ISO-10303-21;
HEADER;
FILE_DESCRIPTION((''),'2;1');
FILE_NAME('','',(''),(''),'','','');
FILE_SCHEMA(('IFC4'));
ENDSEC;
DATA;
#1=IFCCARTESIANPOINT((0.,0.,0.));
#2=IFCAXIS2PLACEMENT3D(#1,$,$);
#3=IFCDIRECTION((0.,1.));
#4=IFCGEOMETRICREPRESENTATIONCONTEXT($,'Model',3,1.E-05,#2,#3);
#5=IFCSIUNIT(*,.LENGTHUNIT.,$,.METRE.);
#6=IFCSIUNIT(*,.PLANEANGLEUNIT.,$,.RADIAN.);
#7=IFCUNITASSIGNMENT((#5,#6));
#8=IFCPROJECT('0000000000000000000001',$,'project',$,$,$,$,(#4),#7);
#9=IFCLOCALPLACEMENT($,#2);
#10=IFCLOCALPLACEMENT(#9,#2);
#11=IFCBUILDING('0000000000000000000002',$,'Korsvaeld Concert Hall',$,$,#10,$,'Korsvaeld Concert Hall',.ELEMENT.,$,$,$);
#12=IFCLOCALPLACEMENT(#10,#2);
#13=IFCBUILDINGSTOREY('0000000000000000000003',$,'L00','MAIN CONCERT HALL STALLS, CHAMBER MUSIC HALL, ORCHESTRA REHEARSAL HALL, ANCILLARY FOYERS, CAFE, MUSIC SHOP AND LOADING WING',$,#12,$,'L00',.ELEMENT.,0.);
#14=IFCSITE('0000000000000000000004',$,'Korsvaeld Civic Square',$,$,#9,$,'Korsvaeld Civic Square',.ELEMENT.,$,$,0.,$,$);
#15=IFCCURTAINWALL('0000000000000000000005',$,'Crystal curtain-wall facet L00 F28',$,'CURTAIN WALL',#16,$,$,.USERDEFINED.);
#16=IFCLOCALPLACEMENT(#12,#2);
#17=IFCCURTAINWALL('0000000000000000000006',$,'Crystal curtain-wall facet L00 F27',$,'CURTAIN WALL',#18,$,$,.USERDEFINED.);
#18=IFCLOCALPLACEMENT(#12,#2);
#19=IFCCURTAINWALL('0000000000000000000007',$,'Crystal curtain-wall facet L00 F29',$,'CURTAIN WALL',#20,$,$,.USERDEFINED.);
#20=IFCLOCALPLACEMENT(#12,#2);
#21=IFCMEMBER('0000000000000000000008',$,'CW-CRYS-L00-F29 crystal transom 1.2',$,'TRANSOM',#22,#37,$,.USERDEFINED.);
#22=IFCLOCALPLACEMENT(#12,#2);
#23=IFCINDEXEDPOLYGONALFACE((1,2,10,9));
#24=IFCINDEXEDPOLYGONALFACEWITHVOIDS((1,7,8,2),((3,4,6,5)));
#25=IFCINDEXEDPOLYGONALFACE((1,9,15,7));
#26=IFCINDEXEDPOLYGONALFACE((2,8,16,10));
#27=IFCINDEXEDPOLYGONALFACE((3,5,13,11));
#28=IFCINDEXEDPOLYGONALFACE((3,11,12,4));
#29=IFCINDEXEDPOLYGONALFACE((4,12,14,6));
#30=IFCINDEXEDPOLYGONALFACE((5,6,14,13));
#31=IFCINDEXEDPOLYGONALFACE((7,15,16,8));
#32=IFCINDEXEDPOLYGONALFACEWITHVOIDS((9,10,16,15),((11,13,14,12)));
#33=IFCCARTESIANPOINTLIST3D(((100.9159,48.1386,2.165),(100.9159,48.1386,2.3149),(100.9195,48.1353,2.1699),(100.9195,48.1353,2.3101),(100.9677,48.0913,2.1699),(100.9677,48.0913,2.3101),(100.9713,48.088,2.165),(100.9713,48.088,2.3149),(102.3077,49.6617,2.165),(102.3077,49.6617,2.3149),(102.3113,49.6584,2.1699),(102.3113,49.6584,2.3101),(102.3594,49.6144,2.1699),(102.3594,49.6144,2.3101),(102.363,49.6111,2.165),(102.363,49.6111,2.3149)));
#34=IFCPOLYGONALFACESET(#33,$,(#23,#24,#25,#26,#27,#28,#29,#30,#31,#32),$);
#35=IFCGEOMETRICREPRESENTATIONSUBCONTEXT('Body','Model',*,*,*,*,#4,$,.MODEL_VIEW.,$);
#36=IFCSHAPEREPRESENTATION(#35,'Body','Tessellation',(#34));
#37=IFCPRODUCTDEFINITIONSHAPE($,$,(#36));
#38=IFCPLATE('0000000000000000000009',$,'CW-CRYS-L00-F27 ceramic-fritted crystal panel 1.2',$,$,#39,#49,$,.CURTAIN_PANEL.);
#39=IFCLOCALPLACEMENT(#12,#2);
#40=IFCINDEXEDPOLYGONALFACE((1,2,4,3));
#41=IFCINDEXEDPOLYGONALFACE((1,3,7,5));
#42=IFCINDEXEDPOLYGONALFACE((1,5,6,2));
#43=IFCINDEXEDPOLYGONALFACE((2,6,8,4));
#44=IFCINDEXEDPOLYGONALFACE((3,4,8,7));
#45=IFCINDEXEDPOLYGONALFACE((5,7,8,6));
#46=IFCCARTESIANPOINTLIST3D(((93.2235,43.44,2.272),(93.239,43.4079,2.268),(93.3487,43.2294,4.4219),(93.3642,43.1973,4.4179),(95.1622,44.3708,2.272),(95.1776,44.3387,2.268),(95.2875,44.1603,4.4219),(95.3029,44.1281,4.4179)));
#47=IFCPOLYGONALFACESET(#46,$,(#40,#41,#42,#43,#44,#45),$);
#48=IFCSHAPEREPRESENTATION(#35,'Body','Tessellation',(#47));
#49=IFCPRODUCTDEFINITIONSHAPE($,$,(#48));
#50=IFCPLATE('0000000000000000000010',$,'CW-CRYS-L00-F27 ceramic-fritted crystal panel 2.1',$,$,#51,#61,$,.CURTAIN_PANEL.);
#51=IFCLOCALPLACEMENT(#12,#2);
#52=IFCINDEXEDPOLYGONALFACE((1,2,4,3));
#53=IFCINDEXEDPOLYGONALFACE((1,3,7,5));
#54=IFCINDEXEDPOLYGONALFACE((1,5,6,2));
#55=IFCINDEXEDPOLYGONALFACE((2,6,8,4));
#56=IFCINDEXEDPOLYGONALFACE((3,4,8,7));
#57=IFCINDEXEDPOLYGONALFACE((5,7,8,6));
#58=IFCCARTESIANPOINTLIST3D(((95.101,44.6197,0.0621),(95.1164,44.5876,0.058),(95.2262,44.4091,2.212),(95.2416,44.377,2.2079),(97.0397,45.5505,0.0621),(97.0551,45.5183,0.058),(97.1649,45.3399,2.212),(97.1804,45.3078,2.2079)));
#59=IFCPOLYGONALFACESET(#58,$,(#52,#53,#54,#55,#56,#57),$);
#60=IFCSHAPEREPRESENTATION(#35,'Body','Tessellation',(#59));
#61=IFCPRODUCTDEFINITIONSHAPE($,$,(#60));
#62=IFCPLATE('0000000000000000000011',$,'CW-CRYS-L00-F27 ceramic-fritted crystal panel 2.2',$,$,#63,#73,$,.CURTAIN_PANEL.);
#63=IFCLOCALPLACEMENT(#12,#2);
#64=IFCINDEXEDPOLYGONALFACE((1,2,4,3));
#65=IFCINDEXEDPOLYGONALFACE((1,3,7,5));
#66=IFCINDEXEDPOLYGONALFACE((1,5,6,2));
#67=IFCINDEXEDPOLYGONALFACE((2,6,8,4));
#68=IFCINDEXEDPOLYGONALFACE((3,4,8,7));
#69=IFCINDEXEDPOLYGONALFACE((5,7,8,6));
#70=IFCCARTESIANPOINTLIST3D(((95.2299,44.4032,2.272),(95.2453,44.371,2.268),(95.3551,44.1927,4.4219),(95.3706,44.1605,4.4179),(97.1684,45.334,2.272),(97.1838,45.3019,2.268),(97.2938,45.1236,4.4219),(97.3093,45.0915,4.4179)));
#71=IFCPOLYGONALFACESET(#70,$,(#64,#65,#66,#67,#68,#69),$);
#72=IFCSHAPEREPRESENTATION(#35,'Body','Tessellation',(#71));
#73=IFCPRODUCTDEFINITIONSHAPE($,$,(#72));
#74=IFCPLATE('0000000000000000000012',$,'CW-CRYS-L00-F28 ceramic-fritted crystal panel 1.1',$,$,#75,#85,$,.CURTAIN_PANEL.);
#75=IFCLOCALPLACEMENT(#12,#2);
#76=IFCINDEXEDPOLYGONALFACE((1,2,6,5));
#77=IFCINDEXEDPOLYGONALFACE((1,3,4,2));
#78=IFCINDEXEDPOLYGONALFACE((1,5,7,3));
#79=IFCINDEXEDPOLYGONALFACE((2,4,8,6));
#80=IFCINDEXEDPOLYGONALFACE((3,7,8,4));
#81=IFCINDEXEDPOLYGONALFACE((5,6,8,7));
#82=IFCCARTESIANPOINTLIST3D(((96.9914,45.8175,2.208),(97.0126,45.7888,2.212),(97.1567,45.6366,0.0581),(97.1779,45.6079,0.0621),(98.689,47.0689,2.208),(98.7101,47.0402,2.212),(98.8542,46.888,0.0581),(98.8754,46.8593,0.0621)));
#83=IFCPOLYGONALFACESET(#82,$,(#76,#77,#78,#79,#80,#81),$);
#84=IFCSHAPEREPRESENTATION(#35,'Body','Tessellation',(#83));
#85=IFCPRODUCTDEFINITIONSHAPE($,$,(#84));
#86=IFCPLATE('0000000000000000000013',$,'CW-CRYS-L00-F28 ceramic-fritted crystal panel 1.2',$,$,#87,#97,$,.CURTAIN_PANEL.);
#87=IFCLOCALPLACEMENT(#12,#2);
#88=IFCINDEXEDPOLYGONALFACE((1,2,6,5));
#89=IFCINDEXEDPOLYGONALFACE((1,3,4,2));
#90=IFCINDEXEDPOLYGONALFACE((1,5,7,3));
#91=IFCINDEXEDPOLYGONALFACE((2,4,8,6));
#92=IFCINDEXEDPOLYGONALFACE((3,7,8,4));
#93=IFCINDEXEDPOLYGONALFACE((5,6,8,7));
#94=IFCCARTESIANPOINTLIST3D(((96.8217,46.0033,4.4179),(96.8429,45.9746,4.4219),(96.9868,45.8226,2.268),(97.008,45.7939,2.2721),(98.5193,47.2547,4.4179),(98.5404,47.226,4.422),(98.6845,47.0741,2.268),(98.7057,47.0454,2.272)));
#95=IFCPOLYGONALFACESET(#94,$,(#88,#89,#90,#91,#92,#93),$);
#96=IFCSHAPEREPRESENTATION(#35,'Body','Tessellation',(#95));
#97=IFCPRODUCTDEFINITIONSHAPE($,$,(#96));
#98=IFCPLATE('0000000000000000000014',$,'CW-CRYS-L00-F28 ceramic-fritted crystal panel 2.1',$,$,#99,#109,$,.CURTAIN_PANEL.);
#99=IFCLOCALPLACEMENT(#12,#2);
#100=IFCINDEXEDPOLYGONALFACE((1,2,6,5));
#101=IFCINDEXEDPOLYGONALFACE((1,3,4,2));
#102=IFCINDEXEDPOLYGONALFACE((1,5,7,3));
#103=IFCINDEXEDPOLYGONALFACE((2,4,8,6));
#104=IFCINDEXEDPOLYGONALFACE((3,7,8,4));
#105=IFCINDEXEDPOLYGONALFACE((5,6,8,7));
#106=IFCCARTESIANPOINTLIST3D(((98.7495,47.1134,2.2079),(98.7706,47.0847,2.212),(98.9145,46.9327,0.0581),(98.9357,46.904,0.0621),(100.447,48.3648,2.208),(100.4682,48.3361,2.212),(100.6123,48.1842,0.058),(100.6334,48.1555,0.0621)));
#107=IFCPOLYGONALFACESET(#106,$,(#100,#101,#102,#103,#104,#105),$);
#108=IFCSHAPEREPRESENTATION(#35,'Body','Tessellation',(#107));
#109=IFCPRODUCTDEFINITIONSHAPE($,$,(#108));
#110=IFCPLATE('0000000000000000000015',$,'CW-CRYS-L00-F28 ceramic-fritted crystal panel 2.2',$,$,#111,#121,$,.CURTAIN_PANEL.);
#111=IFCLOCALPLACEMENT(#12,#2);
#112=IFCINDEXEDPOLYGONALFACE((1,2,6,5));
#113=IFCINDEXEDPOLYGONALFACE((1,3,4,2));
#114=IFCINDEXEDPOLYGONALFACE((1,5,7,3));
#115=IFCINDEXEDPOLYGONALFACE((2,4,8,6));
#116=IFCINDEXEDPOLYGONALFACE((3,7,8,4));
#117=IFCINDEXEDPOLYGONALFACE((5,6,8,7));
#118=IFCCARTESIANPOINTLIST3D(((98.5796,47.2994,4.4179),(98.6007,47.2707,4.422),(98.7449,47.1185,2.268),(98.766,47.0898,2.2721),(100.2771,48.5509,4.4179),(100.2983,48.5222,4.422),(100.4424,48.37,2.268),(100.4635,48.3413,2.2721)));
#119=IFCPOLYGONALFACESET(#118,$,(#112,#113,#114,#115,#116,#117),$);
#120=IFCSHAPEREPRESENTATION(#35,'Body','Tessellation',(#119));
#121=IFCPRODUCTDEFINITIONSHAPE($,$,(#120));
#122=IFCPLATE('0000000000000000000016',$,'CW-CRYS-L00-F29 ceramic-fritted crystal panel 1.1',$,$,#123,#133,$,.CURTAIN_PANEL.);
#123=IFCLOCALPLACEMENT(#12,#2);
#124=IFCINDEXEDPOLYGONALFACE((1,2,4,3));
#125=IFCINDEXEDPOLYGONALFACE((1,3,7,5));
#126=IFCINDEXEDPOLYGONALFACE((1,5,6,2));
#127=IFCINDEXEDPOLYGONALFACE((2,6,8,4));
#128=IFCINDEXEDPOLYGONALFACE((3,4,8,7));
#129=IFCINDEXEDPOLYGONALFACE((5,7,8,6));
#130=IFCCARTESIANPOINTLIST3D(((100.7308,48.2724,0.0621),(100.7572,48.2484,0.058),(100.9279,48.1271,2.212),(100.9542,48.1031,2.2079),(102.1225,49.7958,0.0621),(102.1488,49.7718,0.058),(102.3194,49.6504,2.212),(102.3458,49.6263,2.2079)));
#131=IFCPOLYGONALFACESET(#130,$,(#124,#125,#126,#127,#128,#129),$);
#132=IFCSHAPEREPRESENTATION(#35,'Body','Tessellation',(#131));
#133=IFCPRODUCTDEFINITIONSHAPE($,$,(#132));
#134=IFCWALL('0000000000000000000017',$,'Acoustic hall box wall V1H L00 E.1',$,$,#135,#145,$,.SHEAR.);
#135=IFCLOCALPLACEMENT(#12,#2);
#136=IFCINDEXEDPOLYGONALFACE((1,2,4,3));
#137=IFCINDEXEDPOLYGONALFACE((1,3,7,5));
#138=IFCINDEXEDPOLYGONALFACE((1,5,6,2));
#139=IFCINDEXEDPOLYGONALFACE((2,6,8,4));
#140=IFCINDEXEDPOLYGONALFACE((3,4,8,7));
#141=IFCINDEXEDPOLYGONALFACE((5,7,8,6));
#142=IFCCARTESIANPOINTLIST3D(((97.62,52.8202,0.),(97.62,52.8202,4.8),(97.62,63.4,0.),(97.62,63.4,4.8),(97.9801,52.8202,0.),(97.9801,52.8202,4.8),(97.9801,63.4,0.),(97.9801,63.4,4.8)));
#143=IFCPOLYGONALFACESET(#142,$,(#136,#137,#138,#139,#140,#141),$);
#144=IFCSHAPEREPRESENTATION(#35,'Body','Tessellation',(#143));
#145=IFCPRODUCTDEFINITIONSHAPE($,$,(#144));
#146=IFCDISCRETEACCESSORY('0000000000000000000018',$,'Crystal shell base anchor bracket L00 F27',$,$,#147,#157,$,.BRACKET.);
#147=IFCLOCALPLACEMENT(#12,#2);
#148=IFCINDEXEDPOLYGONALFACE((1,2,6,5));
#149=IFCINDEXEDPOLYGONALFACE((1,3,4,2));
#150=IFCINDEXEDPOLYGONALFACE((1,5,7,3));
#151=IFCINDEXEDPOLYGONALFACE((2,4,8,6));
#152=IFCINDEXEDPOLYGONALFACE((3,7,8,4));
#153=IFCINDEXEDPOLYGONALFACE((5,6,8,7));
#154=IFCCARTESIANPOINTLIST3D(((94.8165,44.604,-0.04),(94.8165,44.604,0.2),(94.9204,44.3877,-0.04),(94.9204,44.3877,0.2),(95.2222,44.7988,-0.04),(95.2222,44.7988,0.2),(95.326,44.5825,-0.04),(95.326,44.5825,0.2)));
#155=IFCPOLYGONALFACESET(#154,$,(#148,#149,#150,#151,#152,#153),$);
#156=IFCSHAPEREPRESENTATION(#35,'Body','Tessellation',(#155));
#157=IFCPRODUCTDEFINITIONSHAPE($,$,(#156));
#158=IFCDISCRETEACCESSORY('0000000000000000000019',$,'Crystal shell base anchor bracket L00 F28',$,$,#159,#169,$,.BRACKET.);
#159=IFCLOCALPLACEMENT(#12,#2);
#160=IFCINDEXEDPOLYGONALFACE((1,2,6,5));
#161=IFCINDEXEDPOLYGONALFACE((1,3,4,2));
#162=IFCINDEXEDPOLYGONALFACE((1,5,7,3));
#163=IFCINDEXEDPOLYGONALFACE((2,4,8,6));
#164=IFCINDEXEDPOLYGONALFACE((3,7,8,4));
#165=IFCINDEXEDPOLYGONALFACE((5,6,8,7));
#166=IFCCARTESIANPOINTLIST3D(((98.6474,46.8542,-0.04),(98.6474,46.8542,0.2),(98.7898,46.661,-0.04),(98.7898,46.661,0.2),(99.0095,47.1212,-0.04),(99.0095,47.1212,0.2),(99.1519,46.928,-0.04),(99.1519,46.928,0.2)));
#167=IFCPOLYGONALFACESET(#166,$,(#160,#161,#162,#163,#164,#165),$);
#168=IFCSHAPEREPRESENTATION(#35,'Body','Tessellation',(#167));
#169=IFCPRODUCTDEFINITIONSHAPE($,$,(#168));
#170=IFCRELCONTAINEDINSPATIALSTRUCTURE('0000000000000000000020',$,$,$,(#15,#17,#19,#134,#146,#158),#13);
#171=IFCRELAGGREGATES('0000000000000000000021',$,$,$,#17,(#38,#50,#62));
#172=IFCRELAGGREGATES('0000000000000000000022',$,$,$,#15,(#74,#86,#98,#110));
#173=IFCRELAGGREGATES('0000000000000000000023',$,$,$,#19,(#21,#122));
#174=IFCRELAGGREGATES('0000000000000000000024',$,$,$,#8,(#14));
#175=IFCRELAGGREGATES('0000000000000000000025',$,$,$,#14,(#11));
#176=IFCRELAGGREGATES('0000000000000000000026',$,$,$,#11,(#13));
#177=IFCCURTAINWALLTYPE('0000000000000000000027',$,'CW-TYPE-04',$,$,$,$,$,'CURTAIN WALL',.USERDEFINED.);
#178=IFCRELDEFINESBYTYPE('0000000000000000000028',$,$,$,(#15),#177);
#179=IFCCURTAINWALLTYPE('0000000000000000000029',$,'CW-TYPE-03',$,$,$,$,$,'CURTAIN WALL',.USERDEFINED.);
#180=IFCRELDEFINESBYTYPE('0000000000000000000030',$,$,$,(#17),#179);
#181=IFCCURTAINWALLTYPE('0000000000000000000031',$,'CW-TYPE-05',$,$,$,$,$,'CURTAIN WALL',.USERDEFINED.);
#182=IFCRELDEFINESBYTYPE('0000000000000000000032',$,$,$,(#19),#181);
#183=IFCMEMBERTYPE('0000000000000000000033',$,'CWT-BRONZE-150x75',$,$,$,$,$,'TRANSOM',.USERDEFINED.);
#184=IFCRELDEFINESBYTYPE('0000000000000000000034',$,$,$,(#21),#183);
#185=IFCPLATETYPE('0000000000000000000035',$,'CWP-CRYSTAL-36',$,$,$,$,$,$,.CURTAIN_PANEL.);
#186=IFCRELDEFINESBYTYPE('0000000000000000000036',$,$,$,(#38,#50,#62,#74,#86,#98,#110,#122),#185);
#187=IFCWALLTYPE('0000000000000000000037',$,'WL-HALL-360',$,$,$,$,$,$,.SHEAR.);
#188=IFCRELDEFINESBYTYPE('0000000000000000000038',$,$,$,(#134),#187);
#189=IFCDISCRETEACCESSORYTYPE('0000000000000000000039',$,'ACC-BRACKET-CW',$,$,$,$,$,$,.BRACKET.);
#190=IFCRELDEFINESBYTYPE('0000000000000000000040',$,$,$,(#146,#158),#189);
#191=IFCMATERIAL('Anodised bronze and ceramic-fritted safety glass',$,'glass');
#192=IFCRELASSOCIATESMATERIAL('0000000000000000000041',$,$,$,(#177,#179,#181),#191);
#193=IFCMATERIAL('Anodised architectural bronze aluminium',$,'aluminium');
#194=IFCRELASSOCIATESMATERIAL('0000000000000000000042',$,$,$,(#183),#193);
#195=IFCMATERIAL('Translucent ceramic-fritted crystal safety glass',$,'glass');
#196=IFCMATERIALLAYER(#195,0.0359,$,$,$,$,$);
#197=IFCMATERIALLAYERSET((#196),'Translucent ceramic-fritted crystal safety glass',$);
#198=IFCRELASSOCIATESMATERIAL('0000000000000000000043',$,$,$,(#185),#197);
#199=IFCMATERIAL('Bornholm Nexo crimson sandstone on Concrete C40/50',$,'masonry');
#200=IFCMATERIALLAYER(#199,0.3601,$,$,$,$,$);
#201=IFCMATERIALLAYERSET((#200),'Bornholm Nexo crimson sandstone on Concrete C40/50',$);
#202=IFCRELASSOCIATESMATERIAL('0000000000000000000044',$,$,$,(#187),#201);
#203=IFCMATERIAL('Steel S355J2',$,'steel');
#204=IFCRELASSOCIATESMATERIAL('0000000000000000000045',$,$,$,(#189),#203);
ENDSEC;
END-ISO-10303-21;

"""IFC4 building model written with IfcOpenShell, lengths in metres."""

from ifc_helpers import new_model, si_unit, direction, frame, frame_2d, origin, origin_2d, place, context, subcontext, project, spatial, polyline, rectangle, hollow_rectangle, outline, extrude, material, layer, layer_set, material_profile, profile_set, type_object, element, aggregate, save


model = new_model("IFC4")

# Units and contexts
model_context = context("Model", 3, precision=1e-05, world=origin(), true_north=direction((0.0, 1.0)))
body_context = subcontext(model_context, "Body", "Model", "MODEL_VIEW")
ifc_project = project(units=[si_unit("LENGTHUNIT", "METRE"), si_unit("PLANEANGLEUNIT", "RADIAN")], contexts=[model_context])

# Site, building, storey
site_placement = place(None, origin())
site = spatial("IfcSite", under=ifc_project, at=site_placement, Name="Korsvaeld Civic Square", LongName="Korsvaeld Civic Square", CompositionType="ELEMENT", RefElevation=0.0)
building_placement = place(site_placement, origin())
building = spatial("IfcBuilding", under=site, at=building_placement, Name="Korsvaeld Concert Hall", LongName="Korsvaeld Concert Hall", CompositionType="ELEMENT")
storey_placement = place(building_placement, origin())
storey = spatial("IfcBuildingStorey", under=building, at=storey_placement, Name="L00", Description="MAIN CONCERT HALL STALLS, CHAMBER MUSIC HALL, ORCHESTRA REHEARSAL HALL, ANCILLARY FOYERS, CAFE, MUSIC SHOP AND LOADING WING", LongName="L00", CompositionType="ELEMENT", Elevation=0.0)

# Curtain walls
ifc_material_1 = material(Name="Anodised bronze and ceramic-fritted safety glass", Category="glass")
curtain_wall_type_1 = type_object("IfcCurtainWallType", Name="CW-TYPE-04", ElementType="CURTAIN WALL", PredefinedType="USERDEFINED", material=ifc_material_1)
curtain_wall_1_placement = place(storey_placement, origin())
curtain_wall_1 = element("IfcCurtainWall", 1, at=curtain_wall_1_placement, inside=storey, type_object=curtain_wall_type_1, Name="Crystal curtain-wall facet L00 F28", ObjectType="CURTAIN WALL", PredefinedType="USERDEFINED")
ifc_material_2 = material(Name="Anodised architectural bronze aluminium", Category="aluminium")
curtain_wall_type_2 = type_object("IfcCurtainWallType", Name="CW-TYPE-03", ElementType="CURTAIN WALL", PredefinedType="USERDEFINED", material=ifc_material_1)
curtain_wall_2_placement = place(storey_placement, origin())
curtain_wall_2 = element("IfcCurtainWall", 2, at=curtain_wall_2_placement, inside=storey, type_object=curtain_wall_type_2, Name="Crystal curtain-wall facet L00 F27", ObjectType="CURTAIN WALL", PredefinedType="USERDEFINED")

# Curtain wall
curtain_wall_type_3 = type_object("IfcCurtainWallType", Name="CW-TYPE-05", ElementType="CURTAIN WALL", PredefinedType="USERDEFINED", material=ifc_material_1)
curtain_wall_3_placement = place(storey_placement, origin())
curtain_wall_3 = element("IfcCurtainWall", 3, at=curtain_wall_3_placement, inside=storey, type_object=curtain_wall_type_3, Name="Crystal curtain-wall facet L00 F29", ObjectType="CURTAIN WALL", PredefinedType="USERDEFINED")

# Member
ifc_material_profile_1 = material_profile(ifc_material_2, hollow_rectangle(XDim=0.075, YDim=0.1499, WallThickness=0.0049, at=origin_2d()), Name="CWT 150x75x5")
ifc_profile_set_1 = profile_set([ifc_material_profile_1], Name="Anodised architectural bronze aluminium")
member_type_1 = type_object("IfcMemberType", Name="CWT-BRONZE-150x75", ElementType="TRANSOM", PredefinedType="USERDEFINED", material=ifc_profile_set_1)
member_1_placement = place(storey_placement, frame((100.9436, 48.1133, 2.24), z_axis=(0.674561, 0.738219, 0.0), x_axis=(-0.738219, 0.674561, 0.0)))
member_1 = element("IfcMember", 4, at=member_1_placement, type_object=member_type_1, Name="CW-CRYS-L00-F29 crystal transom 1.2", ObjectType="TRANSOM", PredefinedType="USERDEFINED", context=body_context, shape_type="SweptSolid", body=[
    extrude(hollow_rectangle(XDim=0.075, YDim=0.1499, WallThickness=0.0049, at=origin_2d()), origin(), (0.0, 0.0, 1.0), 2.0632),
])

# Plates
ifc_material_3 = material(Name="Translucent ceramic-fritted crystal safety glass", Category="glass")
ifc_layer_1 = layer(ifc_material_3, 0.0359)
ifc_layer_set_1 = layer_set([ifc_layer_1], Name="Translucent ceramic-fritted crystal safety glass")
plate_type = type_object("IfcPlateType", Name="CWP-CRYSTAL-36", PredefinedType="CURTAIN_PANEL", material=ifc_layer_set_1)
plate_1_placement = place(storey_placement, frame((93.2312, 43.4241, 2.27), z_axis=(0.430045, -0.895735, -0.112785), x_axis=(0.901487, 0.432806, 0.000006)))
plate_1 = element("IfcPlate", 5, at=plate_1_placement, type_object=plate_type, Name="CW-CRYS-L00-F27 ceramic-fritted crystal panel 1.2", PredefinedType="CURTAIN_PANEL", context=body_context, shape_type="SweptSolid", body=[
    extrude(outline(polyline([(0.0, 0.0), (2.1505, 0.0), (2.1724, 2.1637), (0.0217, 2.1637), (0.0, 0.0)])), frame((0.0, 0.0, 0.0181)), (0.0, 0.0, -1.0), 0.0359),
])
plate_2_placement = place(storey_placement, frame((95.1086, 44.6038, 0.0601), z_axis=(0.430045, -0.895735, -0.112785), x_axis=(0.901487, 0.432806, 0.000006)))
plate_2 = element("IfcPlate", 6, at=plate_2_placement, type_object=plate_type, Name="CW-CRYS-L00-F27 ceramic-fritted crystal panel 2.1", PredefinedType="CURTAIN_PANEL", context=body_context, shape_type="SweptSolid", body=[
    extrude(outline(polyline([(0.0, 0.0), (2.1505, 0.0), (2.1724, 2.1637), (0.0217, 2.1637), (0.0, 0.0)])), frame((0.0, 0.0, 0.0181)), (0.0, 0.0, -1.0), 0.0359),
])
plate_3_placement = place(storey_placement, frame((95.2375, 44.3872, 2.27), z_axis=(0.430114, -0.895705, -0.11276), x_axis=(0.901454, 0.432875, -0.000003)))
plate_3 = element("IfcPlate", 7, at=plate_3_placement, type_object=plate_type, Name="CW-CRYS-L00-F27 ceramic-fritted crystal panel 2.2", PredefinedType="CURTAIN_PANEL", context=body_context, shape_type="SweptSolid", body=[
    extrude(outline(polyline([(0.0, 0.0), (2.1504, 0.0), (2.1724, 2.1637), (0.0218, 2.1637), (0.0, 0.0)])), frame((0.0, 0.0, 0.0181)), (0.0, 0.0, -1.0), 0.0359),
])
aggregate(curtain_wall_2, [plate_1, plate_2, plate_3])
plate_4_placement = place(storey_placement, frame((97.1672, 45.6223, 0.0601), z_axis=(0.589629, -0.799783, 0.11263), x_axis=(0.804905, 0.593404, 0.0)))
plate_4 = element("IfcPlate", 8, at=plate_4_placement, type_object=plate_type, Name="CW-CRYS-L00-F28 ceramic-fritted crystal panel 1.1", PredefinedType="CURTAIN_PANEL", context=body_context, shape_type="SweptSolid", body=[
    extrude(outline(polyline([(0.0, 0.0), (2.109, 0.0), (2.0833, 2.1637), (-0.0257, 2.1637), (0.0, 0.0)])), frame((0.0, 0.0, 0.0181)), (0.0, 0.0, -1.0), 0.0359),
])
plate_5_placement = place(storey_placement, frame((96.9973, 45.8083, 2.27), z_axis=(0.589609, -0.799814, 0.112507), x_axis=(0.804925, 0.593376, -0.000004)))
plate_5 = element("IfcPlate", 9, at=plate_5_placement, type_object=plate_type, Name="CW-CRYS-L00-F28 ceramic-fritted crystal panel 1.2", PredefinedType="CURTAIN_PANEL", context=body_context, shape_type="SweptSolid", body=[
    extrude(outline(polyline([(0.0, 0.0), (2.1092, 0.0), (2.0833, 2.1636), (-0.0257, 2.1636), (0.0, 0.0)])), frame((0.0, 0.0, 0.0181)), (0.0, 0.0, -1.0), 0.0359),
])
plate_6_placement = place(storey_placement, frame((98.925, 46.9185, 0.0601), z_axis=(0.589609, -0.799814, 0.112507), x_axis=(0.804925, 0.593376, -0.000004)))
plate_6 = element("IfcPlate", 10, at=plate_6_placement, type_object=plate_type, Name="CW-CRYS-L00-F28 ceramic-fritted crystal panel 2.1", PredefinedType="CURTAIN_PANEL", context=body_context, shape_type="SweptSolid", body=[
    extrude(outline(polyline([(0.0, 0.0), (2.1092, 0.0), (2.0833, 2.1636), (-0.0257, 2.1636), (0.0, 0.0)])), frame((0.0, 0.0, 0.0181)), (0.0, 0.0, -1.0), 0.0359),
])
plate_7_placement = place(storey_placement, frame((98.7554, 47.1042, 2.27), z_axis=(0.589629, -0.799783, 0.11263), x_axis=(0.804905, 0.593404, 0.0)))
plate_7 = element("IfcPlate", 11, at=plate_7_placement, type_object=plate_type, Name="CW-CRYS-L00-F28 ceramic-fritted crystal panel 2.2", PredefinedType="CURTAIN_PANEL", context=body_context, shape_type="SweptSolid", body=[
    extrude(outline(polyline([(0.0, 0.0), (2.109, 0.0), (2.0833, 2.1637), (-0.0257, 2.1637), (0.0, 0.0)])), frame((0.0, 0.0, 0.0181)), (0.0, 0.0, -1.0), 0.0359),
])
aggregate(curtain_wall_1, [plate_4, plate_5, plate_6, plate_7])
plate_8_placement = place(storey_placement, frame((100.7439, 48.2605, 0.0601), z_axis=(0.733614, -0.670182, -0.11255), x_axis=(0.674467, 0.738305, -0.000004)))
plate_8 = element("IfcPlate", 12, at=plate_8_placement, type_object=plate_type, Name="CW-CRYS-L00-F29 ceramic-fritted crystal panel 1.1", PredefinedType="CURTAIN_PANEL", context=body_context, shape_type="SweptSolid", body=[
    extrude(outline(polyline([(0.0, 0.0), (2.0634, 0.0), (2.0888, 2.1637), (0.0256, 2.1636), (0.0, 0.0)])), frame((0.0, 0.0, 0.0181)), (0.0, 0.0, -1.0), 0.0359),
])
aggregate(curtain_wall_3, [member_1, plate_8])

# Wall
ifc_material_4 = material(Name="Bornholm Nexo crimson sandstone on Concrete C40/50", Category="masonry")
ifc_layer_2 = layer(ifc_material_4, 0.3601)
ifc_layer_set_2 = layer_set([ifc_layer_2], Name="Bornholm Nexo crimson sandstone on Concrete C40/50")
wall_type = type_object("IfcWallType", Name="WL-HALL-360", PredefinedType="SHEAR", material=ifc_layer_set_2)
wall_placement = place(storey_placement, frame((97.8, 52.8201, 0.0), z_axis=(0.0, 0.0, 1.0), x_axis=(0.0, 1.0, 0.0)))
element("IfcWall", 13, at=wall_placement, inside=storey, type_object=wall_type, Name="Acoustic hall box wall V1H L00 E.1", PredefinedType="SHEAR", context=body_context, shape_type="SweptSolid", body=[
    extrude(rectangle(XDim=10.5798, YDim=0.3601, at=frame_2d((5.29, 0.0))), origin(), (0.0, 0.0, 1.0), 4.8),
])

# Discrete accessories
ifc_material_5 = material(Name="Steel S355J2", Category="steel")
discrete_accessory_type = type_object("IfcDiscreteAccessoryType", Name="ACC-BRACKET-CW", PredefinedType="BRACKET", material=ifc_material_5)
for number, where, z_axis, x_axis, name in (
    (14, (95.0713, 44.5933, -0.04), (0.0, 0.0, 1.0), (0.901455, 0.432873, 0.0), "Crystal shell base anchor bracket L00 F27"),
    (15, (98.8997, 46.8911, -0.04), (0.0, 0.0, 1.0), (0.804894, 0.593419, 0.0), "Crystal shell base anchor bracket L00 F28"),
):
    element("IfcDiscreteAccessory", number, at=place(storey_placement, frame(where, z_axis=z_axis, x_axis=x_axis)), inside=storey, type_object=discrete_accessory_type, Name=name, PredefinedType="BRACKET", context=body_context, shape_type="SweptSolid", body=[
        extrude(rectangle(XDim=0.45, YDim=0.24, at=origin_2d()), origin(), (0.0, 0.0, 1.0), 0.24),
    ])

save(model, "model.ifc")
